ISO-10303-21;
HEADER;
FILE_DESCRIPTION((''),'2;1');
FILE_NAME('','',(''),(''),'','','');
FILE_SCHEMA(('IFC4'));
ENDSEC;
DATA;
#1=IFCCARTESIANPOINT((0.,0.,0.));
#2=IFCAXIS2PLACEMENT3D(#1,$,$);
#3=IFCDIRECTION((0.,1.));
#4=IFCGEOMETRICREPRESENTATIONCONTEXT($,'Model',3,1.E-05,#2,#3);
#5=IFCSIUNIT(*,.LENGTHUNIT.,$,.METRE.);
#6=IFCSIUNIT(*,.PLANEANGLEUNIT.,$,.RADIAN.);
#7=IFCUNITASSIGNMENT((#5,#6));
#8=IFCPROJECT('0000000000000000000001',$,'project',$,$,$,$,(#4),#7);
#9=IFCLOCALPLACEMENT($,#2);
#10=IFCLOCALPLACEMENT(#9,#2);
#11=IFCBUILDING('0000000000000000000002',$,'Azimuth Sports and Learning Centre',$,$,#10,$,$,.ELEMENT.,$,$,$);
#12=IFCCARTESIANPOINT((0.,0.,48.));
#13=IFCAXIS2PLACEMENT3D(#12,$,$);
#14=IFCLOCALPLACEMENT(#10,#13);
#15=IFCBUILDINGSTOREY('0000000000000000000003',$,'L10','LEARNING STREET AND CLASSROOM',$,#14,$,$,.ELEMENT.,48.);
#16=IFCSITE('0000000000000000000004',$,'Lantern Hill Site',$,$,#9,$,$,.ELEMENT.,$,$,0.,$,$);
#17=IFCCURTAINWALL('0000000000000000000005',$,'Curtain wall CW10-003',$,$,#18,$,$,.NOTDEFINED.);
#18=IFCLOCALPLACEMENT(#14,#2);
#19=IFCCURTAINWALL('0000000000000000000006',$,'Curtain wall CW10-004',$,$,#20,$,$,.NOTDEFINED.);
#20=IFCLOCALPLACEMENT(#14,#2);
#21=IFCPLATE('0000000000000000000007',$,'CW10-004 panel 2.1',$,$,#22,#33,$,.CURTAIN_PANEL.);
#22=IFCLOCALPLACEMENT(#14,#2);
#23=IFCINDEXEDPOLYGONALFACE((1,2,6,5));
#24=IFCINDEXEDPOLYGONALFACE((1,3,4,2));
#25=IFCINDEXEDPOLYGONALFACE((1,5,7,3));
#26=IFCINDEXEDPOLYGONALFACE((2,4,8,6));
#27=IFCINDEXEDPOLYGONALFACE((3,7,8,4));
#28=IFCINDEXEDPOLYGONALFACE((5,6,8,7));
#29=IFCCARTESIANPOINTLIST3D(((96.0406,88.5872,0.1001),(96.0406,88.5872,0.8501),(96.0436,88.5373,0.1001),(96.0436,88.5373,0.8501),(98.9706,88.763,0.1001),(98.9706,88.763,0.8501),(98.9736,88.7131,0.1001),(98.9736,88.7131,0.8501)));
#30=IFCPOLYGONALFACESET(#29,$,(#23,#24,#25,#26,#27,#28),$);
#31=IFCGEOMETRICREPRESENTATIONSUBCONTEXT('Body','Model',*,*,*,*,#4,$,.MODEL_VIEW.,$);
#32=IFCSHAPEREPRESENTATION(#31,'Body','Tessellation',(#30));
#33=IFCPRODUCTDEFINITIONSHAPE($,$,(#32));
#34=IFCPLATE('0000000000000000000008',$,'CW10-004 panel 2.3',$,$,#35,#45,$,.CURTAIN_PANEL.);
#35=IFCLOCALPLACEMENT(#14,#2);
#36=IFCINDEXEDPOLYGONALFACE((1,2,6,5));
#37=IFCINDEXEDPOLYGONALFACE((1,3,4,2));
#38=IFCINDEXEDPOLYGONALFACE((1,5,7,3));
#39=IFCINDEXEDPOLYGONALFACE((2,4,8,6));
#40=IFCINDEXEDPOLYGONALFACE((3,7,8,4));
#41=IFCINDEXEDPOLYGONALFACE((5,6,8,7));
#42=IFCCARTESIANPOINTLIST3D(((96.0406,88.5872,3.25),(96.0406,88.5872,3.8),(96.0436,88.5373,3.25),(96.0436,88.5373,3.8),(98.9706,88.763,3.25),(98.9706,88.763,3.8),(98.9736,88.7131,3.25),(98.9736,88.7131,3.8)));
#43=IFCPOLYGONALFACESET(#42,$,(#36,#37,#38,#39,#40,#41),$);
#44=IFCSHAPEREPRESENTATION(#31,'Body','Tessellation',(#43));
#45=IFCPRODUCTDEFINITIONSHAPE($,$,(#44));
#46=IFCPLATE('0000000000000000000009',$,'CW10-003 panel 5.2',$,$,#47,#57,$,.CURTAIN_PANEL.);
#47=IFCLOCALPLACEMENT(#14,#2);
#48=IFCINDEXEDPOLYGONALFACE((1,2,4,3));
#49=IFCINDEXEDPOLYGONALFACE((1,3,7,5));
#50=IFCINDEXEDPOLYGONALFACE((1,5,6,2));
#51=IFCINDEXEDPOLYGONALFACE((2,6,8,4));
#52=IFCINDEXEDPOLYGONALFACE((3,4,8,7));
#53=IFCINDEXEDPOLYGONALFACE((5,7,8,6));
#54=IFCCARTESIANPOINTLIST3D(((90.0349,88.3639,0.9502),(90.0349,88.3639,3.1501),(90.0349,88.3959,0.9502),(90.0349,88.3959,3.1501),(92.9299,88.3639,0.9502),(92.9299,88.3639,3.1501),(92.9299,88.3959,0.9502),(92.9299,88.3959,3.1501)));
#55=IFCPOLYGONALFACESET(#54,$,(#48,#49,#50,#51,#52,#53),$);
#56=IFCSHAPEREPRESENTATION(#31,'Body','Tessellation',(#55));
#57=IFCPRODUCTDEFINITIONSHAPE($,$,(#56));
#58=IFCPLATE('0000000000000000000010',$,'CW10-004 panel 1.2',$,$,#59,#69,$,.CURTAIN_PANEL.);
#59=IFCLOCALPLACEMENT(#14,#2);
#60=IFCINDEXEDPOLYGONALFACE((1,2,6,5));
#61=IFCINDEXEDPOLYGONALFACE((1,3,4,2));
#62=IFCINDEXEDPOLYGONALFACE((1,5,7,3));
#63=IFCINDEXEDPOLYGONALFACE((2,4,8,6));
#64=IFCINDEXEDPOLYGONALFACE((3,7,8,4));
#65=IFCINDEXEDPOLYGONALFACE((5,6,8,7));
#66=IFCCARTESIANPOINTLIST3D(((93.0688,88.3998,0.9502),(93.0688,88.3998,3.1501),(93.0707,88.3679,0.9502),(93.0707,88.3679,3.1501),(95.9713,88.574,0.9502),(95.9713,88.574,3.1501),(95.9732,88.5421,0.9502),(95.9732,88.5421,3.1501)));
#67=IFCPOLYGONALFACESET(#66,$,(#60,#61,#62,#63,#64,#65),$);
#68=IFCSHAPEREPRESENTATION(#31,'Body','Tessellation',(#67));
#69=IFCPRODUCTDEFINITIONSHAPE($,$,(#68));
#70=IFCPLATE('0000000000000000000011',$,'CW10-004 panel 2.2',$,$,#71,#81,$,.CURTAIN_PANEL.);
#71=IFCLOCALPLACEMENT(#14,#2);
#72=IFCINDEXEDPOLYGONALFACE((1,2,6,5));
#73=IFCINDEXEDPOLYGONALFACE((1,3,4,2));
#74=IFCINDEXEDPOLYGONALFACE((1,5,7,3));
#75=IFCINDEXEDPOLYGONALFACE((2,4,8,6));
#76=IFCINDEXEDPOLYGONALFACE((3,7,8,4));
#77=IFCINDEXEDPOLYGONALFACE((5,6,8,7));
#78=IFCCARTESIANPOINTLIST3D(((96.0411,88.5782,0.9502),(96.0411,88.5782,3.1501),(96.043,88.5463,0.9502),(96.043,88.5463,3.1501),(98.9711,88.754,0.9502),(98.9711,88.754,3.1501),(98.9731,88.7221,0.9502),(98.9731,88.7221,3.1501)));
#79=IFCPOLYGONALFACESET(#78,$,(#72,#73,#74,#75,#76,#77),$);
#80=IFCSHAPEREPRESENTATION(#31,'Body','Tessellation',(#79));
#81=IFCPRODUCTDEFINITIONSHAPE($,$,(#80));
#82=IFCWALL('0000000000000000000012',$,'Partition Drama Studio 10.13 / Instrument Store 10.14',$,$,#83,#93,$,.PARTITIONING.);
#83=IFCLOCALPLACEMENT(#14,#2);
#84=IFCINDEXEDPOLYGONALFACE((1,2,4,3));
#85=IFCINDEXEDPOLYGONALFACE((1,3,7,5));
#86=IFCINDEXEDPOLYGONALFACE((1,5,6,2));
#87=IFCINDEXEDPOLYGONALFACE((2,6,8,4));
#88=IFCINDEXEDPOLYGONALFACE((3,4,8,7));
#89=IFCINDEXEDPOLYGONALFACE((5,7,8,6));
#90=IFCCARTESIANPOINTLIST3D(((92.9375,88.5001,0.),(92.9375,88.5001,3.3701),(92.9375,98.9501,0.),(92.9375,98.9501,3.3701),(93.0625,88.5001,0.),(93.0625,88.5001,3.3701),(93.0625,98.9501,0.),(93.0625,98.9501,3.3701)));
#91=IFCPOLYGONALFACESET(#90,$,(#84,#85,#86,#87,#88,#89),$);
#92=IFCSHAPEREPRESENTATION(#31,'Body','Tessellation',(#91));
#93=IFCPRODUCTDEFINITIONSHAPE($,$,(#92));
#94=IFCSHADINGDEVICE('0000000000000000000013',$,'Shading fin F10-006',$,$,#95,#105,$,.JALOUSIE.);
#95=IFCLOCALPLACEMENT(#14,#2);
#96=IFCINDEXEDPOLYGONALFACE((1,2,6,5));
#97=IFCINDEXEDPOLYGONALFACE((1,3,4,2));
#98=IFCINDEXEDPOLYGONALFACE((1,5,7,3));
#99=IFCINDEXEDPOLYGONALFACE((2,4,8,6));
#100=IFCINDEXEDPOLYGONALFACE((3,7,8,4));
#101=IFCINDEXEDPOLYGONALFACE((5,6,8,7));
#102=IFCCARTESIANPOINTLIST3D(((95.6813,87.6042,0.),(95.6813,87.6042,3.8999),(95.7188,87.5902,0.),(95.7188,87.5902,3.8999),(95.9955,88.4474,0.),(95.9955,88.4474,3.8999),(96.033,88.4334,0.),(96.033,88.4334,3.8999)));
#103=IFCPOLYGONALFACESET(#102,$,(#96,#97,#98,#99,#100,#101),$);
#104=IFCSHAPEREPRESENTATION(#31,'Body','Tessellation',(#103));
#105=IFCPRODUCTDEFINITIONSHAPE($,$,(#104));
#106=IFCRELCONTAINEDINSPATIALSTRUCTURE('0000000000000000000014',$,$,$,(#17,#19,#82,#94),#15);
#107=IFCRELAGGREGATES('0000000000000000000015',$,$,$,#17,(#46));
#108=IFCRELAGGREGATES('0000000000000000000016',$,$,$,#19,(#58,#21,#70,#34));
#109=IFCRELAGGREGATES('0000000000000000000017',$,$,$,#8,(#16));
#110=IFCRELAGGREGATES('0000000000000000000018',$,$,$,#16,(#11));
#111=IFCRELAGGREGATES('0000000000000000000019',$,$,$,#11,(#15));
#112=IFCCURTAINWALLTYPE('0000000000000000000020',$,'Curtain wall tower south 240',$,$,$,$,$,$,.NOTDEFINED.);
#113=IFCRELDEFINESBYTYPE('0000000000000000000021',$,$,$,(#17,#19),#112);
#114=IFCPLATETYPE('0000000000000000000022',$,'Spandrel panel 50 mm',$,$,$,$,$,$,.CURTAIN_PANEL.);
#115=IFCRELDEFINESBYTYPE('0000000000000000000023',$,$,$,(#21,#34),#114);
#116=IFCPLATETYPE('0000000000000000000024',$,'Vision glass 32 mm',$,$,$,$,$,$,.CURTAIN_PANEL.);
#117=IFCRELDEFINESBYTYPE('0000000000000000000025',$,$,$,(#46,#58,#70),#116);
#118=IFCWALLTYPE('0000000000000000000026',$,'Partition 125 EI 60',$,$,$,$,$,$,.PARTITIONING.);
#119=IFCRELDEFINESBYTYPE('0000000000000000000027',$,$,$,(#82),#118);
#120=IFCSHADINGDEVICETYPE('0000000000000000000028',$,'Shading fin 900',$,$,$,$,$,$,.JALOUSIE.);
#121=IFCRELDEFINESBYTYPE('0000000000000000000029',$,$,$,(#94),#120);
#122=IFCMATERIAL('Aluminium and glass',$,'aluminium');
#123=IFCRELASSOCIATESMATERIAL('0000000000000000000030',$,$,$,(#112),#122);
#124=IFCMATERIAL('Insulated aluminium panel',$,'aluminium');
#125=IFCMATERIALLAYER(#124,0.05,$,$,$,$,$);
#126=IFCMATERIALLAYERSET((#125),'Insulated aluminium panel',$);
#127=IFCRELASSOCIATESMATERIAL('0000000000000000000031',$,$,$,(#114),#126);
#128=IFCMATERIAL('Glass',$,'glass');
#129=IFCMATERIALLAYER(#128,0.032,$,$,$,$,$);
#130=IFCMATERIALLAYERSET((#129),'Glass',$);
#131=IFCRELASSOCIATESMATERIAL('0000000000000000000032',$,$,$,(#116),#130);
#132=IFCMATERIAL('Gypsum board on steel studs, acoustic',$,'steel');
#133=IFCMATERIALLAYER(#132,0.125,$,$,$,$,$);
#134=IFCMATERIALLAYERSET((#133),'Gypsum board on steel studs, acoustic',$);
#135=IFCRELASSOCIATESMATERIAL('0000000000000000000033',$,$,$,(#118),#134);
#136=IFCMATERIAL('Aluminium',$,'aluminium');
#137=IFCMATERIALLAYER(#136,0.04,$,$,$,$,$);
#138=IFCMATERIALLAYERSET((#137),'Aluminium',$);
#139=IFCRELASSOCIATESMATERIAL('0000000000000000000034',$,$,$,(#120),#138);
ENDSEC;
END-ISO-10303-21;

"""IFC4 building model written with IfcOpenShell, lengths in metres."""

from ifc_helpers import new_model, si_unit, direction, frame, frame_2d, origin, origin_2d, place, context, subcontext, project, spatial, rectangle, extrude, material, layer, layer_set, type_object, element, aggregate, save


model = new_model("IFC4")

# Units and contexts
model_context = context("Model", 3, precision=1e-05, world=origin(), true_north=direction((0.0, 1.0)))
body_context = subcontext(model_context, "Body", "Model", "MODEL_VIEW")
ifc_project = project(units=[si_unit("LENGTHUNIT", "METRE"), si_unit("PLANEANGLEUNIT", "RADIAN")], contexts=[model_context])

# Site, building, storey
site_placement = place(None, origin())
site = spatial("IfcSite", under=ifc_project, at=site_placement, Name="Lantern Hill Site", CompositionType="ELEMENT", RefElevation=0.0)
building_placement = place(site_placement, origin())
building = spatial("IfcBuilding", under=site, at=building_placement, Name="Azimuth Sports and Learning Centre", CompositionType="ELEMENT")
storey_placement = place(building_placement, frame((0.0, 0.0, 48.0)))
storey = spatial("IfcBuildingStorey", under=building, at=storey_placement, Name="L10", Description="LEARNING STREET AND CLASSROOM", CompositionType="ELEMENT", Elevation=48.0)

# Curtain wall
ifc_material_1 = material(Name="Aluminium and glass", Category="aluminium")
curtain_wall_type = type_object("IfcCurtainWallType", Name="Curtain wall tower south 240", PredefinedType="NOTDEFINED", material=ifc_material_1)
curtain_wall_1_placement = place(storey_placement, origin())
curtain_wall_1 = element("IfcCurtainWall", 1, at=curtain_wall_1_placement, inside=storey, type_object=curtain_wall_type, Name="Curtain wall CW10-003", PredefinedType="NOTDEFINED")

# Curtain wall
curtain_wall_2_placement = place(storey_placement, origin())
curtain_wall_2 = element("IfcCurtainWall", 2, at=curtain_wall_2_placement, inside=storey, type_object=curtain_wall_type, Name="Curtain wall CW10-004", PredefinedType="NOTDEFINED")

# Plates
ifc_material_2 = material(Name="Insulated aluminium panel", Category="aluminium")
ifc_layer_1 = layer(ifc_material_2, 0.05)
ifc_layer_set_1 = layer_set([ifc_layer_1], Name="Insulated aluminium panel")
plate_type_1 = type_object("IfcPlateType", Name="Spandrel panel 50 mm", PredefinedType="CURTAIN_PANEL", material=ifc_layer_set_1)
plate_1_placement = place(storey_placement, frame((97.5071, 88.6501, 0.1001), z_axis=(0.0, 0.0, 1.0), x_axis=(0.998205, 0.059892, 0.0)))
plate_1 = element("IfcPlate", 3, at=plate_1_placement, type_object=plate_type_1, Name="CW10-004 panel 2.1", PredefinedType="CURTAIN_PANEL", context=body_context, shape_type="SweptSolid", body=[
    extrude(rectangle(XDim=2.9353, YDim=0.05, at=origin_2d()), origin(), (0.0, 0.0, 1.0), 0.75),
])
plate_2_placement = place(storey_placement, frame((97.5071, 88.6501, 3.25), z_axis=(0.0, 0.0, 1.0), x_axis=(0.998205, 0.059892, 0.0)))
plate_2 = element("IfcPlate", 4, at=plate_2_placement, type_object=plate_type_1, Name="CW10-004 panel 2.3", PredefinedType="CURTAIN_PANEL", context=body_context, shape_type="SweptSolid", body=[
    extrude(rectangle(XDim=2.9353, YDim=0.05, at=origin_2d()), origin(), (0.0, 0.0, 1.0), 0.55),
])
ifc_material_3 = material(Name="Glass", Category="glass")
ifc_layer_2 = layer(ifc_material_3, 0.032)
ifc_layer_set_2 = layer_set([ifc_layer_2], Name="Glass")
plate_type_2 = type_object("IfcPlateType", Name="Vision glass 32 mm", PredefinedType="CURTAIN_PANEL", material=ifc_layer_set_2)
plate_3_placement = place(storey_placement, frame((91.4824, 88.3799, 0.9502), z_axis=(0.0, 0.0, 1.0), x_axis=(1.0, 0.0, 0.0)))
plate_3 = element("IfcPlate", 5, at=plate_3_placement, type_object=plate_type_2, Name="CW10-003 panel 5.2", PredefinedType="CURTAIN_PANEL", context=body_context, shape_type="SweptSolid", body=[
    extrude(rectangle(XDim=2.895, YDim=0.032, at=origin_2d()), origin(), (0.0, 0.0, 1.0), 2.2),
])
aggregate(curtain_wall_1, [plate_3])
plate_4_placement = place(storey_placement, frame((94.521, 88.4709, 0.9502), z_axis=(0.0, 0.0, 1.0), x_axis=(0.998205, 0.059892, 0.0)))
plate_4 = element("IfcPlate", 6, at=plate_4_placement, type_object=plate_type_2, Name="CW10-004 panel 1.2", PredefinedType="CURTAIN_PANEL", context=body_context, shape_type="SweptSolid", body=[
    extrude(rectangle(XDim=2.9077, YDim=0.032, at=origin_2d()), origin(), (0.0, 0.0, 1.0), 2.2),
])
plate_5_placement = place(storey_placement, frame((97.5071, 88.6501, 0.9502), z_axis=(0.0, 0.0, 1.0), x_axis=(0.998205, 0.059892, 0.0)))
plate_5 = element("IfcPlate", 7, at=plate_5_placement, type_object=plate_type_2, Name="CW10-004 panel 2.2", PredefinedType="CURTAIN_PANEL", context=body_context, shape_type="SweptSolid", body=[
    extrude(rectangle(XDim=2.9353, YDim=0.032, at=origin_2d()), origin(), (0.0, 0.0, 1.0), 2.2),
])
aggregate(curtain_wall_2, [plate_4, plate_1, plate_5, plate_2])

# Wall
ifc_material_4 = material(Name="Gypsum board on steel studs, acoustic", Category="steel")
ifc_layer_3 = layer(ifc_material_4, 0.125)
ifc_layer_set_3 = layer_set([ifc_layer_3], Name="Gypsum board on steel studs, acoustic")
wall_type = type_object("IfcWallType", Name="Partition 125 EI 60", PredefinedType="PARTITIONING", material=ifc_layer_set_3)
wall_placement = place(storey_placement, frame((93.0, 88.5, 0.0), z_axis=(0.0, 0.0, 1.0), x_axis=(0.0, 1.0, 0.0)))
element("IfcWall", 8, at=wall_placement, inside=storey, type_object=wall_type, Name="Partition Drama Studio 10.13 / Instrument Store 10.14", PredefinedType="PARTITIONING", context=body_context, shape_type="SweptSolid", body=[
    extrude(rectangle(XDim=10.45, YDim=0.125, at=frame_2d((5.2251, 0.0))), origin(), (0.0, 0.0, 1.0), 3.3701),
])

# Shading device
ifc_material_5 = material(Name="Aluminium", Category="aluminium")
ifc_layer_4 = layer(ifc_material_5, 0.04)
ifc_layer_set_4 = layer_set([ifc_layer_4], Name="Aluminium")
shading_device_type = type_object("IfcShadingDeviceType", Name="Shading fin 900", PredefinedType="JALOUSIE", material=ifc_layer_set_4)
shading_device_placement = place(storey_placement, frame((95.8572, 88.0188, 0.0), z_axis=(0.0, 0.0, 1.0), x_axis=(-0.349143, -0.937069, 0.0)))
element("IfcShadingDevice", 9, at=shading_device_placement, inside=storey, type_object=shading_device_type, Name="Shading fin F10-006", PredefinedType="JALOUSIE", context=body_context, shape_type="SweptSolid", body=[
    extrude(rectangle(XDim=0.8999, YDim=0.04, at=origin_2d()), origin(), (0.0, 0.0, 1.0), 3.8999),
])

save(model, "model.ifc")
